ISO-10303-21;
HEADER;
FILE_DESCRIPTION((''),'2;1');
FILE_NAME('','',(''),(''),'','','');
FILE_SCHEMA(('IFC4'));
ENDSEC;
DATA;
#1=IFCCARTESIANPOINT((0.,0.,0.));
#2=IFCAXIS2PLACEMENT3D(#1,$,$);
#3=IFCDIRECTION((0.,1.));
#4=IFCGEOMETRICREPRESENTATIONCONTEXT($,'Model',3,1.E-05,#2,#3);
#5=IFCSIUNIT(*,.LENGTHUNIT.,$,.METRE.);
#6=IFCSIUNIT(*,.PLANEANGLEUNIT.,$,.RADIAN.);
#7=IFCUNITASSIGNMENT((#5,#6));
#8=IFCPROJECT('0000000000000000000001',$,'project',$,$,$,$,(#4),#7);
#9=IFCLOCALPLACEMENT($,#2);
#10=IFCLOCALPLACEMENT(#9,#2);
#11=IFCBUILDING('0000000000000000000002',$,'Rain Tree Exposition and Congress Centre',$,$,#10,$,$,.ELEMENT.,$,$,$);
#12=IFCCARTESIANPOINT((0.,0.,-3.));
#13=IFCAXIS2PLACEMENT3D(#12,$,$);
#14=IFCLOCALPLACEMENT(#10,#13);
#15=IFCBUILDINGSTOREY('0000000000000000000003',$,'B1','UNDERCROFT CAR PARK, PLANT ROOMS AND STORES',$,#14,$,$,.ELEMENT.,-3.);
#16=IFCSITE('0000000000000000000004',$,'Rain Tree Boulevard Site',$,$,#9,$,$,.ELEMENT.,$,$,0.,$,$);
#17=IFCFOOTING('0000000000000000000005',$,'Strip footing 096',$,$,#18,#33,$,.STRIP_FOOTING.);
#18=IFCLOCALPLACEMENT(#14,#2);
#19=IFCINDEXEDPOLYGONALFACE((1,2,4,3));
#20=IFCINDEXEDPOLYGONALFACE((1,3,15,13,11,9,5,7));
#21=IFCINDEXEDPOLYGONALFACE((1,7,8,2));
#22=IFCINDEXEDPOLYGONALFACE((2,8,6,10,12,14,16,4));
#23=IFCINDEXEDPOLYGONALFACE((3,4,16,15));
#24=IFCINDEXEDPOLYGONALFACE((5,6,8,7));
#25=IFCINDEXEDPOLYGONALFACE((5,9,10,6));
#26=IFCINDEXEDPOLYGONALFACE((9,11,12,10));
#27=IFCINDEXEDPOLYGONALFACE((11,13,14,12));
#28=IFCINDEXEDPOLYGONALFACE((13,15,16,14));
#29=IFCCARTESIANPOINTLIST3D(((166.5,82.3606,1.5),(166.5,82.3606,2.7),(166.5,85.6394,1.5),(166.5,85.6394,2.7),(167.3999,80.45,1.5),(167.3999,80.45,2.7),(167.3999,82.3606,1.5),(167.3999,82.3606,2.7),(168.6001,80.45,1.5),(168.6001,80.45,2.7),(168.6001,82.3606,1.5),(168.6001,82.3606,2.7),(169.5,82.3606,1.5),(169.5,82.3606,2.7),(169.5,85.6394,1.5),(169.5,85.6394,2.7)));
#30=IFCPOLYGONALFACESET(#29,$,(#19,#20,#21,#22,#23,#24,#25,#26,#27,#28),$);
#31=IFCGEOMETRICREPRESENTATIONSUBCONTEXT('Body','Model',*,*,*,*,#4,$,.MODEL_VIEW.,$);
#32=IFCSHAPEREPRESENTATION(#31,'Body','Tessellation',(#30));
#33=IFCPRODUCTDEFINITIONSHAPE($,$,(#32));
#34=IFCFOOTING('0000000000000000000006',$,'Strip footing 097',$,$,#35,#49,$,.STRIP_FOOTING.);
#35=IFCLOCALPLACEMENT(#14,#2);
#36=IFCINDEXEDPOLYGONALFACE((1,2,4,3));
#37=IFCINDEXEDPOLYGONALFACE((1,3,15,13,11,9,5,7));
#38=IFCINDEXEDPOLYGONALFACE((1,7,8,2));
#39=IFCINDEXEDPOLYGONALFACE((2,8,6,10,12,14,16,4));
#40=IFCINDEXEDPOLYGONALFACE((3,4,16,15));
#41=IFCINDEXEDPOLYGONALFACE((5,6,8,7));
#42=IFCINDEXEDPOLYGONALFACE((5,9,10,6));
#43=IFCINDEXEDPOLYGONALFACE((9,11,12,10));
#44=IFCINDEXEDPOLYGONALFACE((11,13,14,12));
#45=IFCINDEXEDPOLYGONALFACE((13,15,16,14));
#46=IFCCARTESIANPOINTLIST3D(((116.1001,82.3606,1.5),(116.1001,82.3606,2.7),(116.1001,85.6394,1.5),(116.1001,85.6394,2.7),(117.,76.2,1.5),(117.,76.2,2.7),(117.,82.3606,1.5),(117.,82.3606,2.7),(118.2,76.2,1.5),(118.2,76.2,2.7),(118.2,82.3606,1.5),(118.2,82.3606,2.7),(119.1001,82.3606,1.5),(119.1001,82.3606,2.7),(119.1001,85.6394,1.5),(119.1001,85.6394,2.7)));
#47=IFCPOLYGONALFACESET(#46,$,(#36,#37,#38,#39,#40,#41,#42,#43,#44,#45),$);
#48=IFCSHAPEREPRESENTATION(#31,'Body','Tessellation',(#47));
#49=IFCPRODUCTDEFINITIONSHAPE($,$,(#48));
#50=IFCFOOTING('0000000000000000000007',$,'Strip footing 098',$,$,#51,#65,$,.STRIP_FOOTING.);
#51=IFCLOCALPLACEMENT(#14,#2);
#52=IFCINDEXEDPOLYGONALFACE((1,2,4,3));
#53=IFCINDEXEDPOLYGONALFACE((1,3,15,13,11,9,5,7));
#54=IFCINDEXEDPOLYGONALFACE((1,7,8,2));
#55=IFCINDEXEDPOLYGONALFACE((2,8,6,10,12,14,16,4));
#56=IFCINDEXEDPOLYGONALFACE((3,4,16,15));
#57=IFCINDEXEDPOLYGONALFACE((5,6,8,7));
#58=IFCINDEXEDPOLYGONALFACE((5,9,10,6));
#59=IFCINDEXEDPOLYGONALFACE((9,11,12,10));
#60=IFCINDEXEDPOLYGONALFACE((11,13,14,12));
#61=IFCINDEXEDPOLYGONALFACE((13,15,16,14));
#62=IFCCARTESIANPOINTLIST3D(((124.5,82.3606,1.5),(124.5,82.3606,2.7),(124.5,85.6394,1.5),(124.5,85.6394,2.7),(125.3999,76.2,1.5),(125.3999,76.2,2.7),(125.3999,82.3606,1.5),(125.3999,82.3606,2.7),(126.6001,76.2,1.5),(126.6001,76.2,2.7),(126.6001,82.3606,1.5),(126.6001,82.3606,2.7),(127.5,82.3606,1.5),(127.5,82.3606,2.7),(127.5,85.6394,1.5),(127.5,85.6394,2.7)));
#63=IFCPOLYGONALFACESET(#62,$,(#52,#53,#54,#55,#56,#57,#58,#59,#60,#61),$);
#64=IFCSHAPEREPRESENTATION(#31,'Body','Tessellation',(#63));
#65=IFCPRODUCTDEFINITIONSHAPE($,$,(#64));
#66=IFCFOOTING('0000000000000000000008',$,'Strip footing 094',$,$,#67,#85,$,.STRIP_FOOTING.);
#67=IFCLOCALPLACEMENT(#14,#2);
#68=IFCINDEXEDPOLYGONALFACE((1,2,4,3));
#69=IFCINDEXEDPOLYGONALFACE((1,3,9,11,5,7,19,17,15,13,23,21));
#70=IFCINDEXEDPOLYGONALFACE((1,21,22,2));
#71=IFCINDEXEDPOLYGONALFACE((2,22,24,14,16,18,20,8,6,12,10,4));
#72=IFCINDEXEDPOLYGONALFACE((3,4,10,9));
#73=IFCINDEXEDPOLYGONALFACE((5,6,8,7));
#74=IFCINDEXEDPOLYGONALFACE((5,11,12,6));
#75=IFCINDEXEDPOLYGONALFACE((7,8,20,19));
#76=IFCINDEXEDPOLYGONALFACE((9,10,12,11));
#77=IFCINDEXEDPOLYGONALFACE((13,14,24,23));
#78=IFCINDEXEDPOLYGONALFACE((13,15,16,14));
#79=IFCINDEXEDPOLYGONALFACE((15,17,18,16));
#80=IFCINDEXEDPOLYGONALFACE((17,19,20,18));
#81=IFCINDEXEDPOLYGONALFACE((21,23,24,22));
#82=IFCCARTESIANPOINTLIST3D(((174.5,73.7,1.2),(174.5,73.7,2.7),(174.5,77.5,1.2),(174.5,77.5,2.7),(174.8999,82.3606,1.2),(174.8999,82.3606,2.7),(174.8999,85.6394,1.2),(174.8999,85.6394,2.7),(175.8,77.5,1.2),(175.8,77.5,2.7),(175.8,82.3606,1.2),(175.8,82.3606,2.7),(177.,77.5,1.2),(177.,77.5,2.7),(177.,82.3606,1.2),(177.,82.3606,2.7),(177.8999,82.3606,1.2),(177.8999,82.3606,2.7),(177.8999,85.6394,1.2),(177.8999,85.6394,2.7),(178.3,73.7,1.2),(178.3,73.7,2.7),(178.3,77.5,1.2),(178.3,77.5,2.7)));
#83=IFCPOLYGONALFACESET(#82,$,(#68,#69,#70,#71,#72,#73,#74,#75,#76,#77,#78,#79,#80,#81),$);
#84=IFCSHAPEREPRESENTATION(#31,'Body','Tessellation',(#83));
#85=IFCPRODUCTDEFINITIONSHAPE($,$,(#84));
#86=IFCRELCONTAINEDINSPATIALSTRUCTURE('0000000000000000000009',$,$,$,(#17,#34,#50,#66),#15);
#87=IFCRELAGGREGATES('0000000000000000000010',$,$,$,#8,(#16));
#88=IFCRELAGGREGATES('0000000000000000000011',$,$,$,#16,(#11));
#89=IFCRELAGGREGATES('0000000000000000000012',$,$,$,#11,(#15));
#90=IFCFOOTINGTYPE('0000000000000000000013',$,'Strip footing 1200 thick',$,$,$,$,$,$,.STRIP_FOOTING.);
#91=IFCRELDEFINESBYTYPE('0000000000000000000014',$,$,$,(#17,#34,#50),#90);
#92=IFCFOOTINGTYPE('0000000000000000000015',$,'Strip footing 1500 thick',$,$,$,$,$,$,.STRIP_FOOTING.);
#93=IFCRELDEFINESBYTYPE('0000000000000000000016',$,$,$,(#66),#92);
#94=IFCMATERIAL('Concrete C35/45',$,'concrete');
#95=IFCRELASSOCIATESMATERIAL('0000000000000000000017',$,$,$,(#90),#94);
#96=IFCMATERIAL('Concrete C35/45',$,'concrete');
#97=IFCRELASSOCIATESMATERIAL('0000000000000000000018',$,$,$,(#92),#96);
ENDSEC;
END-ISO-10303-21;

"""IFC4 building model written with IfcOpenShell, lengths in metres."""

from ifc_helpers import new_model, si_unit, direction, frame, origin, place, context, subcontext, project, spatial, polyline, outline, extrude, material, type_object, element, save


model = new_model("IFC4")

# Units and contexts
model_context = context("Model", 3, precision=1e-05, world=origin(), true_north=direction((0.0, 1.0)))
body_context = subcontext(model_context, "Body", "Model", "MODEL_VIEW")
ifc_project = project(units=[si_unit("LENGTHUNIT", "METRE"), si_unit("PLANEANGLEUNIT", "RADIAN")], contexts=[model_context])

# Site, building, storey
site_placement = place(None, origin())
site = spatial("IfcSite", under=ifc_project, at=site_placement, Name="Rain Tree Boulevard Site", CompositionType="ELEMENT", RefElevation=0.0)
building_placement = place(site_placement, origin())
building = spatial("IfcBuilding", under=site, at=building_placement, Name="Rain Tree Exposition and Congress Centre", CompositionType="ELEMENT")
storey_placement = place(building_placement, frame((0.0, 0.0, -3.0)))
storey = spatial("IfcBuildingStorey", under=building, at=storey_placement, Name="B1", Description="UNDERCROFT CAR PARK, PLANT ROOMS AND STORES", CompositionType="ELEMENT", Elevation=-3.0)

# Footings
ifc_material_1 = material(Name="Concrete C35/45", Category="concrete")
footing_type_1 = type_object("IfcFootingType", Name="Strip footing 1200 thick", PredefinedType="STRIP_FOOTING", material=ifc_material_1)
footing_1_placement = place(storey_placement, frame((0.0, 0.0, 1.5)))
element("IfcFooting", 1, at=footing_1_placement, inside=storey, type_object=footing_type_1, Name="Strip footing 096", PredefinedType="STRIP_FOOTING", context=body_context, shape_type="SweptSolid", body=[
    extrude(outline(polyline([(167.3999, 82.3606), (167.3999, 80.45), (168.6001, 80.45), (168.6001, 82.3606), (169.5, 82.3606), (169.5, 85.6394), (166.5, 85.6394), (166.5, 82.3606), (167.3999, 82.3606)])), origin(), (0.0, 0.0, 1.0), 1.2),
])
footing_2_placement = place(storey_placement, frame((0.0, 0.0, 1.5)))
element("IfcFooting", 2, at=footing_2_placement, inside=storey, type_object=footing_type_1, Name="Strip footing 097", PredefinedType="STRIP_FOOTING", context=body_context, shape_type="SweptSolid", body=[
    extrude(outline(polyline([(118.2, 76.2), (118.2, 82.3606), (119.1001, 82.3606), (119.1001, 85.6394), (116.1001, 85.6394), (116.1001, 82.3606), (117.0, 82.3606), (117.0, 76.2), (118.2, 76.2)])), origin(), (0.0, 0.0, 1.0), 1.2),
])
footing_3_placement = place(storey_placement, frame((0.0, 0.0, 1.5)))
element("IfcFooting", 3, at=footing_3_placement, inside=storey, type_object=footing_type_1, Name="Strip footing 098", PredefinedType="STRIP_FOOTING", context=body_context, shape_type="SweptSolid", body=[
    extrude(outline(polyline([(126.6001, 76.2), (126.6001, 82.3606), (127.5, 82.3606), (127.5, 85.6394), (124.5, 85.6394), (124.5, 82.3606), (125.3999, 82.3606), (125.3999, 76.2), (126.6001, 76.2)])), origin(), (0.0, 0.0, 1.0), 1.2),
])
ifc_material_2 = material(Name="Concrete C35/45", Category="concrete")
footing_type_2 = type_object("IfcFootingType", Name="Strip footing 1500 thick", PredefinedType="STRIP_FOOTING", material=ifc_material_2)
footing_4_placement = place(storey_placement, frame((0.0, 0.0, 1.2)))
element("IfcFooting", 4, at=footing_4_placement, inside=storey, type_object=footing_type_2, Name="Strip footing 094", PredefinedType="STRIP_FOOTING", context=body_context, shape_type="SweptSolid", body=[
    extrude(outline(polyline([(178.3, 77.5), (177.0, 77.5), (177.0, 82.3606), (177.8999, 82.3606), (177.8999, 85.6394), (174.8999, 85.6394), (174.8999, 82.3606), (175.8, 82.3606), (175.8, 77.5), (174.5, 77.5), (174.5, 73.7), (178.3, 73.7), (178.3, 77.5)])), origin(), (0.0, 0.0, 1.0), 1.5),
])

save(model, "model.ifc")
